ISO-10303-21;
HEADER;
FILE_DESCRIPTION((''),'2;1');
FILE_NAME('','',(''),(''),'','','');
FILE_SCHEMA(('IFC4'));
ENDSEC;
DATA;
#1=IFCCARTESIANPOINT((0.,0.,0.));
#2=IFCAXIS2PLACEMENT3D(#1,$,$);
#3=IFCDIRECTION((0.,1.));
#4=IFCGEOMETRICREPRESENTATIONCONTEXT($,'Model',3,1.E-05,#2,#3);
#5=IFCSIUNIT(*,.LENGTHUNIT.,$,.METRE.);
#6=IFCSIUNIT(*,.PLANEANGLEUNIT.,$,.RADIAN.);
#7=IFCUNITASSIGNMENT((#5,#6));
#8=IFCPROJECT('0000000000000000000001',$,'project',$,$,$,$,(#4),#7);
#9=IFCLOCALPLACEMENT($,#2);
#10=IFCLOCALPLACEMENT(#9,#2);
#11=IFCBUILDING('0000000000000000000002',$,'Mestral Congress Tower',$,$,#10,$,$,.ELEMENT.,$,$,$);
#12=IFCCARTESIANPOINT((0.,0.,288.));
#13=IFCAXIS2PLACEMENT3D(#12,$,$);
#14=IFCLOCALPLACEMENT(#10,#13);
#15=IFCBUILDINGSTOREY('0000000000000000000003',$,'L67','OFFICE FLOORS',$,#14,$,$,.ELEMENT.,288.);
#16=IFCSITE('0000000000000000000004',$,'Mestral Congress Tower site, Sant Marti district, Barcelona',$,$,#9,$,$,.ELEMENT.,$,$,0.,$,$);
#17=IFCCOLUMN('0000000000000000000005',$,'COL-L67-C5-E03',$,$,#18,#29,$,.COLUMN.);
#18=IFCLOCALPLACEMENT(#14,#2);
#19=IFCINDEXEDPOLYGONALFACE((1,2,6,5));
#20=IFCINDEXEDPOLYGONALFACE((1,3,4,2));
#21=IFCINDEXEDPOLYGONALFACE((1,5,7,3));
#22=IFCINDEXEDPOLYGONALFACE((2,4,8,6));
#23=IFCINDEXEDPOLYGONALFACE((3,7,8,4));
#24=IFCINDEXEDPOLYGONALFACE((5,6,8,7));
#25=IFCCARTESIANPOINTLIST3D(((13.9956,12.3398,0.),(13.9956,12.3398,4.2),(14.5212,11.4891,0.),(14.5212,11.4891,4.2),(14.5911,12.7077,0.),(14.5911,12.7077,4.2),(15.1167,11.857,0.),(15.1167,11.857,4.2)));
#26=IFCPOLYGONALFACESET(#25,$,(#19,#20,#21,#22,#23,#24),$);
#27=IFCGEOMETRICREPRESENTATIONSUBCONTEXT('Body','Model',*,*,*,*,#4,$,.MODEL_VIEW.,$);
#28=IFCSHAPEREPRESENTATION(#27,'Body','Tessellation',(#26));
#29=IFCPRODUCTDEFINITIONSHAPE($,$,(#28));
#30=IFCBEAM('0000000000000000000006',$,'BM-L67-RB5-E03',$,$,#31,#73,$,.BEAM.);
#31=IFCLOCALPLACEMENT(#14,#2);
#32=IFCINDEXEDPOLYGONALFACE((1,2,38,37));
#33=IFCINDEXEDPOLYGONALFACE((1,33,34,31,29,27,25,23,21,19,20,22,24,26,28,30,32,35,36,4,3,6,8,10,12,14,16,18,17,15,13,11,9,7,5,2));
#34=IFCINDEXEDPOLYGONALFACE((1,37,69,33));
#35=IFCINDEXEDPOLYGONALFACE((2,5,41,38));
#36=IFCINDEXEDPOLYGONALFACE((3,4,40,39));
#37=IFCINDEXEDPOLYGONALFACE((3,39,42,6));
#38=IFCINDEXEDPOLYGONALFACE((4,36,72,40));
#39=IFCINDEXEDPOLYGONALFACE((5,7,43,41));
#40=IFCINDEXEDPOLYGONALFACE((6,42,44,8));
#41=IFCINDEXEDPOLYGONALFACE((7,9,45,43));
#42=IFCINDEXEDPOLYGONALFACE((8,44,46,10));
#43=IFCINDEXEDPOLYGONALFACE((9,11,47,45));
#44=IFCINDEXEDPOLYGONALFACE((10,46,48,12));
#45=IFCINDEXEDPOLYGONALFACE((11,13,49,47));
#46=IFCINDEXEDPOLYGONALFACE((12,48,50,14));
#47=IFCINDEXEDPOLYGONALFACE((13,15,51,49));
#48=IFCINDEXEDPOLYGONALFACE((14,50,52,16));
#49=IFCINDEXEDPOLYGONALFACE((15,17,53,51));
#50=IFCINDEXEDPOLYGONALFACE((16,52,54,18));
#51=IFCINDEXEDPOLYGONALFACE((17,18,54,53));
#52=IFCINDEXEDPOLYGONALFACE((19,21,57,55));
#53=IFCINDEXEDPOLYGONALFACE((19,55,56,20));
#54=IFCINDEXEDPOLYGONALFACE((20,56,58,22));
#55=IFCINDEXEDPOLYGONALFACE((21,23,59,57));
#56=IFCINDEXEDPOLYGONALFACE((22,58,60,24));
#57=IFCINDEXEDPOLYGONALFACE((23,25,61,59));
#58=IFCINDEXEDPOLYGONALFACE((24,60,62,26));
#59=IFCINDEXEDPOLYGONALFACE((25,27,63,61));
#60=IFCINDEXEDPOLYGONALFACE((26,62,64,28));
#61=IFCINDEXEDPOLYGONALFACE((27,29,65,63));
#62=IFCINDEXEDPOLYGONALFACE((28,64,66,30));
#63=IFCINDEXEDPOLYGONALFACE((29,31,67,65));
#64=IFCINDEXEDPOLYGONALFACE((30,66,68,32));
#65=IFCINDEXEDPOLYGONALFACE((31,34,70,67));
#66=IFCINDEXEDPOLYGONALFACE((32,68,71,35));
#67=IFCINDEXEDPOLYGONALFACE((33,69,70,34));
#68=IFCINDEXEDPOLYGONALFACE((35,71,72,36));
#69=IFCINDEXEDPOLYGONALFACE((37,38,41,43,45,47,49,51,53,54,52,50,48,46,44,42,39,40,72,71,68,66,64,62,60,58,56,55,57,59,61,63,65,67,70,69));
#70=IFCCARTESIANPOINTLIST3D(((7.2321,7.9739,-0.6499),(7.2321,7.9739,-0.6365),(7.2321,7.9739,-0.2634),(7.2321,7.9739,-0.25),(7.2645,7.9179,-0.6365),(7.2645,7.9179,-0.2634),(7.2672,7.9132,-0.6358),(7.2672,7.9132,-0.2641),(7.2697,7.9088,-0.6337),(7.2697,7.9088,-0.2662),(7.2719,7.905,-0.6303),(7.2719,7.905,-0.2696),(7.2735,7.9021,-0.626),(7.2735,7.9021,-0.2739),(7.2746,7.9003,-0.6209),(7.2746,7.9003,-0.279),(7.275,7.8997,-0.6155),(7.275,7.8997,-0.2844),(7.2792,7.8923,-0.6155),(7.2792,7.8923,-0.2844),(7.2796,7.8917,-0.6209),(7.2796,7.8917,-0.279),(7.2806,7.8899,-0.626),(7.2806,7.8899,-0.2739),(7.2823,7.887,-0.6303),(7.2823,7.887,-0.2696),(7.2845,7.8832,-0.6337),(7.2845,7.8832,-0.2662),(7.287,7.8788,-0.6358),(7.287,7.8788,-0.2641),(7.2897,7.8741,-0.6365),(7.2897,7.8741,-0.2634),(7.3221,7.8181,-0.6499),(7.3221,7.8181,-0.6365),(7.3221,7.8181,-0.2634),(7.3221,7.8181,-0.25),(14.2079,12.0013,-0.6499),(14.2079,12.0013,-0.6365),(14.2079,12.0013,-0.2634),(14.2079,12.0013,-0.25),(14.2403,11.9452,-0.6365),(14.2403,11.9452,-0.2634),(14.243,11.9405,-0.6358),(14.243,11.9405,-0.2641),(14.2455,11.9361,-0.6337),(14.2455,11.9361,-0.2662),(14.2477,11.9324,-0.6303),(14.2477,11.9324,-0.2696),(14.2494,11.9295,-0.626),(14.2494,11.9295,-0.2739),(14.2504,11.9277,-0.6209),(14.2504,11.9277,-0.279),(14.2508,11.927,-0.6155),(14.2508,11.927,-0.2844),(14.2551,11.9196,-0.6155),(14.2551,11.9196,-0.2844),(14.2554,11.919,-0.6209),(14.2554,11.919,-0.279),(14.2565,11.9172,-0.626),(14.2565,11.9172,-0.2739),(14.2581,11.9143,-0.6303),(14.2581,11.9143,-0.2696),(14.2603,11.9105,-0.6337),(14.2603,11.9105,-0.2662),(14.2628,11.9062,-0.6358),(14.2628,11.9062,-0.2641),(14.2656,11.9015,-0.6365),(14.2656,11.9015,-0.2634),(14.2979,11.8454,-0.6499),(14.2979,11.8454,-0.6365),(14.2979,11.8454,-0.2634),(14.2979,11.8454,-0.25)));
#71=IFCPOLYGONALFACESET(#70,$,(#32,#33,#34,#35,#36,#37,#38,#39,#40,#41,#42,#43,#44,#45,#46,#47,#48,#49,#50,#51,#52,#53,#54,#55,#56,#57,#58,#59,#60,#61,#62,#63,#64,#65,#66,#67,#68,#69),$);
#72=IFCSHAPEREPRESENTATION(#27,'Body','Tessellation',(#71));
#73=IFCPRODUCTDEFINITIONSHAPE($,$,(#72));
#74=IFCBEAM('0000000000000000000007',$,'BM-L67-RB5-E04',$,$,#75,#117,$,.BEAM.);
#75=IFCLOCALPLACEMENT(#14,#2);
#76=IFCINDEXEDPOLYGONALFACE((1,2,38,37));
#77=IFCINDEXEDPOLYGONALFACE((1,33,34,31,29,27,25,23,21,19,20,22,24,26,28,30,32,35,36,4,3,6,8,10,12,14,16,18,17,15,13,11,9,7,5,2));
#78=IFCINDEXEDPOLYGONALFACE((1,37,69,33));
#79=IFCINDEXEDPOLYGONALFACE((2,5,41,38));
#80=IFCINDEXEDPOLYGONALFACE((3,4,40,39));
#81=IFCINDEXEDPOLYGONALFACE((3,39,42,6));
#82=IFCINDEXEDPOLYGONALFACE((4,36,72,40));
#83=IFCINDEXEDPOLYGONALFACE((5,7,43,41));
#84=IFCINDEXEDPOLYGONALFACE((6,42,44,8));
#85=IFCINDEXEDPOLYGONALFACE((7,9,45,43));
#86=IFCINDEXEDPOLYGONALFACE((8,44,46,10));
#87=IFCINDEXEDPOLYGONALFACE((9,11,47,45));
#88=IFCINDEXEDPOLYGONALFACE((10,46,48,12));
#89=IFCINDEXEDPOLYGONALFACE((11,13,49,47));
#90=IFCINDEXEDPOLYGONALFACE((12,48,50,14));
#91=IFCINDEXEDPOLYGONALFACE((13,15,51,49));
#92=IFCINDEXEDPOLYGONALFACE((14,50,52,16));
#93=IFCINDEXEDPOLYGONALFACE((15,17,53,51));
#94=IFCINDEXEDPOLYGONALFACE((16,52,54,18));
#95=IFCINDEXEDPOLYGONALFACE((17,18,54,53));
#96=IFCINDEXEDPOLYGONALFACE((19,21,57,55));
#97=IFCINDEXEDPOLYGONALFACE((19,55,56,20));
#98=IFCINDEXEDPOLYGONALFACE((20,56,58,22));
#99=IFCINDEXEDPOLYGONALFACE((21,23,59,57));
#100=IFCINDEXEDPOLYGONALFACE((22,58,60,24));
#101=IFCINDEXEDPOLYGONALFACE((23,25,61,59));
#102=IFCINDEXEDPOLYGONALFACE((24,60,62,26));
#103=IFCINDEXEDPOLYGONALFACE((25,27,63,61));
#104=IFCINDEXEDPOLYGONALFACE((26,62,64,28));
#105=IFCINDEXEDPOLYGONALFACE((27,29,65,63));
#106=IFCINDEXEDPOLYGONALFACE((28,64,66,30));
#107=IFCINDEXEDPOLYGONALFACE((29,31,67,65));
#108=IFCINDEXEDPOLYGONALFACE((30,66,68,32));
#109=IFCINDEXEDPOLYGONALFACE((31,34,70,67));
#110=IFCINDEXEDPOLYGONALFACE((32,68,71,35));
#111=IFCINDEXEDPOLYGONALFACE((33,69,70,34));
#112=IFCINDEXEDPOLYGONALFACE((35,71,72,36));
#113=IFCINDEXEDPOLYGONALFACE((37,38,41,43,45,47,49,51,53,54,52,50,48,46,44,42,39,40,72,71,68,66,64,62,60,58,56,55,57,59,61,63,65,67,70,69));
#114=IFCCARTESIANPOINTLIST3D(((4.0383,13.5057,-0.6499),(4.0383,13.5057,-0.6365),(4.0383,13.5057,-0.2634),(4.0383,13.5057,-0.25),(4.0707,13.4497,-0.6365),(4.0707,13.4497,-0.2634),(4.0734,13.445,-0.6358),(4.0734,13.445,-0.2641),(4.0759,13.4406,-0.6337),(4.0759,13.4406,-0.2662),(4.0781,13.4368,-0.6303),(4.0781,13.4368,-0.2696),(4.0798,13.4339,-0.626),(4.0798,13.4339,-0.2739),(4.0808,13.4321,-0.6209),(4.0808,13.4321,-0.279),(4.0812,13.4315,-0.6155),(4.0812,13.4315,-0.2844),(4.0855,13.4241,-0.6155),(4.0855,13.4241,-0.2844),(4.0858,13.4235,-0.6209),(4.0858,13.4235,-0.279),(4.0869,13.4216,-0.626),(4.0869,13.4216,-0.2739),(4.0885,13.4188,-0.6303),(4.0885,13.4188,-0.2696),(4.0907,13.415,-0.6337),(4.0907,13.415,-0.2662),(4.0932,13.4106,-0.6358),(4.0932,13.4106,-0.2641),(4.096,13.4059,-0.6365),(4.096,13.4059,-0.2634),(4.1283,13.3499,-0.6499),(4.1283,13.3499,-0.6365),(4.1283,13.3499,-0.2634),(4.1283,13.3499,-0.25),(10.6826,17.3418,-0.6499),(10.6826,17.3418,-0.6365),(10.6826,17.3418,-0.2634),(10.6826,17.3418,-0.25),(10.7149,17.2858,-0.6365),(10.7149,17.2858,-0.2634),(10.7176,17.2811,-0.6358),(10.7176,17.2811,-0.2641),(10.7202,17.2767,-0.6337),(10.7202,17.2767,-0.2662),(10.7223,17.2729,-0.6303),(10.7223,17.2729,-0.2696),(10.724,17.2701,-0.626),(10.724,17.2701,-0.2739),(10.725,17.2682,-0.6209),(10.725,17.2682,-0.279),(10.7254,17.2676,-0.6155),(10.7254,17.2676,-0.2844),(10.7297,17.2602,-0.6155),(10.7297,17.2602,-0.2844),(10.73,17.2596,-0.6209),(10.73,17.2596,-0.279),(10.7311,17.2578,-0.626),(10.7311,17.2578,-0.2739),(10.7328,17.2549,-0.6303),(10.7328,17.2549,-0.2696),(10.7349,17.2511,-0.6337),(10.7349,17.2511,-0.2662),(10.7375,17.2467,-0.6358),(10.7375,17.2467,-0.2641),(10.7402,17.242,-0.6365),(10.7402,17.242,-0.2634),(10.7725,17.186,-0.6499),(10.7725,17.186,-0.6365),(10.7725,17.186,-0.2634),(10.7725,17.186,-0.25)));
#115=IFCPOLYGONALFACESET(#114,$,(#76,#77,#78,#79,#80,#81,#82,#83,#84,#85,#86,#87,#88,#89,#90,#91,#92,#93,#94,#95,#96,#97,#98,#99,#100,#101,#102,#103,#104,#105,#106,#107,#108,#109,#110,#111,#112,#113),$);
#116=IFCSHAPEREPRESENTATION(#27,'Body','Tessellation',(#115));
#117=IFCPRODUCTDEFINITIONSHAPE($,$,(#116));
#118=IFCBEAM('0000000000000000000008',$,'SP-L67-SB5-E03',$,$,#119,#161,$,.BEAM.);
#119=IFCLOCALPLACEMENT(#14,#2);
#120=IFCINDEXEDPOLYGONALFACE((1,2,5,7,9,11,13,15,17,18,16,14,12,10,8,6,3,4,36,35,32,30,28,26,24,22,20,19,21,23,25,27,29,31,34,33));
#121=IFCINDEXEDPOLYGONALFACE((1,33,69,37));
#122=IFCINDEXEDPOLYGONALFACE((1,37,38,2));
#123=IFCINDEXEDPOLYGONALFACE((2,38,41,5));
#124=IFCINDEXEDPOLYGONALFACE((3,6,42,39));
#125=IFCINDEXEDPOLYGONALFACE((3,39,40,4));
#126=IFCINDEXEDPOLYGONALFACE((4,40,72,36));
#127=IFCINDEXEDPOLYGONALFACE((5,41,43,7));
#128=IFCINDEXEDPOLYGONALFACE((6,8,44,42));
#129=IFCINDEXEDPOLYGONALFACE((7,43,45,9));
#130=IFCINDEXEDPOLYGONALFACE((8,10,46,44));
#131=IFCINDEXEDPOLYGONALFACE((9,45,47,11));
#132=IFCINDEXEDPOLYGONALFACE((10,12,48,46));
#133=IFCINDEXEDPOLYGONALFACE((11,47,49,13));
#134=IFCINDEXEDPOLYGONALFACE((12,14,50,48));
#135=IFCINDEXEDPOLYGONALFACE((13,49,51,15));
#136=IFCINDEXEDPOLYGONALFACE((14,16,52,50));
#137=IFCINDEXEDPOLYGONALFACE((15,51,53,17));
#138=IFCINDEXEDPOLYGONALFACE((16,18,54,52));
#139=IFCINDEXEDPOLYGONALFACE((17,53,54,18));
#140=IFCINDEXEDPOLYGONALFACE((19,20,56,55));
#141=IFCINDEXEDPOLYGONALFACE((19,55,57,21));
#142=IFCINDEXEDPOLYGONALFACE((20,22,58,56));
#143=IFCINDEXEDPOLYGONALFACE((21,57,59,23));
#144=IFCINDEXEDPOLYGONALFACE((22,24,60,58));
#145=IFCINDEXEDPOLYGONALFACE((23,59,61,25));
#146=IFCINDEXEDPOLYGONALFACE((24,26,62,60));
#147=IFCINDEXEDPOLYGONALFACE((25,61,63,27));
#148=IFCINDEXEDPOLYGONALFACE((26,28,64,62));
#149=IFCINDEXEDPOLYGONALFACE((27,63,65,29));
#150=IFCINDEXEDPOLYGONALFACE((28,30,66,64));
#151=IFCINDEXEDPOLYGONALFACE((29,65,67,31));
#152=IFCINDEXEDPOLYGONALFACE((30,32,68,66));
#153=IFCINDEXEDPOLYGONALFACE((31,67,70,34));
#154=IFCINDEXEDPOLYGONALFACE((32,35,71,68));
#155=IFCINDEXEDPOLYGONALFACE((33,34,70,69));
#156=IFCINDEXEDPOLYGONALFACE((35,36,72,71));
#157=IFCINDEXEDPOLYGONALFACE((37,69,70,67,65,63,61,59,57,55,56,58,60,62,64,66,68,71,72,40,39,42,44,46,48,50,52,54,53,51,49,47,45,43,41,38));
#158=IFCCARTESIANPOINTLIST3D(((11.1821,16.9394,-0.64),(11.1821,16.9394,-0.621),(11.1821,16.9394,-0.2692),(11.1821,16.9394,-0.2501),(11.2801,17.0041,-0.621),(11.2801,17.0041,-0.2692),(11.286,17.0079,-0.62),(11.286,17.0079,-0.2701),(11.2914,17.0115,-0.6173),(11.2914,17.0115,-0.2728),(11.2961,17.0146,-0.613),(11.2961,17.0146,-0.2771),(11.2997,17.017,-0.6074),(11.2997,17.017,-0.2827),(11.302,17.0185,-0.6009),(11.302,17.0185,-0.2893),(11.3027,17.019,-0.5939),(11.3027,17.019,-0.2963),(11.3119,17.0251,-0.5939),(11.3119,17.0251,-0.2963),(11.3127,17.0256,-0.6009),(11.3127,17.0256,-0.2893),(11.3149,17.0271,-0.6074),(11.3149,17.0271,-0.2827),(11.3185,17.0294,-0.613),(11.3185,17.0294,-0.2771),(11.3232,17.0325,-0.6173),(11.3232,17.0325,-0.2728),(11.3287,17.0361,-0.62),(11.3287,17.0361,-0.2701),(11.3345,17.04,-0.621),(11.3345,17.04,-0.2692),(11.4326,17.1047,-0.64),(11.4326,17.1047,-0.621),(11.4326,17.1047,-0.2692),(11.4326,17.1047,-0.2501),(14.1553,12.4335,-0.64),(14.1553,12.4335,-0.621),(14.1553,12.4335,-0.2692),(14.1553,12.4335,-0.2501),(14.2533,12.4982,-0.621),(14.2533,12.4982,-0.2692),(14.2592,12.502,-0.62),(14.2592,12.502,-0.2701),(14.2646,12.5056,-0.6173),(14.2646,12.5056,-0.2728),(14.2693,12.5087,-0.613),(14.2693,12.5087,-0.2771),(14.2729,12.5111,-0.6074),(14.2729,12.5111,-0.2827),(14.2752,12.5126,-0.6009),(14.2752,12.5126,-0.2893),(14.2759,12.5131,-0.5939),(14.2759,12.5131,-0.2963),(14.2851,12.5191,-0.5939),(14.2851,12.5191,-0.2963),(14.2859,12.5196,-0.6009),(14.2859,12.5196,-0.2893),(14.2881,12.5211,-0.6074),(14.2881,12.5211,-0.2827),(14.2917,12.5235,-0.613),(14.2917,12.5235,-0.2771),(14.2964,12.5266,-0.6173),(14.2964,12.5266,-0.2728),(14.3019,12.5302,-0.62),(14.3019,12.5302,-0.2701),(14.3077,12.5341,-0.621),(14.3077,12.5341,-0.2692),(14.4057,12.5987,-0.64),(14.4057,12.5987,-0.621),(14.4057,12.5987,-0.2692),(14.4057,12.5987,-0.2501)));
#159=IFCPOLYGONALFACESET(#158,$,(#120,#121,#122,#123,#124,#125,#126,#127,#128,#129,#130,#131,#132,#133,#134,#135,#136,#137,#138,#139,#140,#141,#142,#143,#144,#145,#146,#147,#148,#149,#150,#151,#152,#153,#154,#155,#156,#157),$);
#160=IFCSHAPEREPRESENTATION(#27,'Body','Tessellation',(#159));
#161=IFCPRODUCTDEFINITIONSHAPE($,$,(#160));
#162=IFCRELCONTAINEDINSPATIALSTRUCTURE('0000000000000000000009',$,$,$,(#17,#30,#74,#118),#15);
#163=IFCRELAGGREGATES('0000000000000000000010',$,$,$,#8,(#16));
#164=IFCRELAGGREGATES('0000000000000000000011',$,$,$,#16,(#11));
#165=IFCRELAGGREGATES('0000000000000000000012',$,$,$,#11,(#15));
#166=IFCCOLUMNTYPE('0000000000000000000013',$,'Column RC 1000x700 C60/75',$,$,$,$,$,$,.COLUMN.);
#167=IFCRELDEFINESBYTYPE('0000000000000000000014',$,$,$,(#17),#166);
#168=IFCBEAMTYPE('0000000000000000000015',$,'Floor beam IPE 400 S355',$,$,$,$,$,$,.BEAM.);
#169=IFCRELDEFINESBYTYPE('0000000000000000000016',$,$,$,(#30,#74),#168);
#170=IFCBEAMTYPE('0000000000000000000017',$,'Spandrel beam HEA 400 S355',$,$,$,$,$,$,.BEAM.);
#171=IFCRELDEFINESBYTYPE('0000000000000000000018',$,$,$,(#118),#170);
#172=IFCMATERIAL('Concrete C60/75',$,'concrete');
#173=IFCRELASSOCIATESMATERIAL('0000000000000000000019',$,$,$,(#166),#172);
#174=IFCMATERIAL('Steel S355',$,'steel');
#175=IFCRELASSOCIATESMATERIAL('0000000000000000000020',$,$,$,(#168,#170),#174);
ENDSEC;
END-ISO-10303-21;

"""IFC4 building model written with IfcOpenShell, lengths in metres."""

from ifc_helpers import new_model, si_unit, direction, frame, origin, origin_2d, place, context, subcontext, project, spatial, rectangle, i_section, extrude, material, material_profile, profile_set, type_object, element, save


model = new_model("IFC4")

# Units and contexts
model_context = context("Model", 3, precision=1e-05, world=origin(), true_north=direction((0.0, 1.0)))
body_context = subcontext(model_context, "Body", "Model", "MODEL_VIEW")
ifc_project = project(units=[si_unit("LENGTHUNIT", "METRE"), si_unit("PLANEANGLEUNIT", "RADIAN")], contexts=[model_context])

# Site, building, storey
site_placement = place(None, origin())
site = spatial("IfcSite", under=ifc_project, at=site_placement, Name="Mestral Congress Tower site, Sant Marti district, Barcelona", CompositionType="ELEMENT", RefElevation=0.0)
building_placement = place(site_placement, origin())
building = spatial("IfcBuilding", under=site, at=building_placement, Name="Mestral Congress Tower", CompositionType="ELEMENT")
storey_placement = place(building_placement, frame((0.0, 0.0, 288.0)))
storey = spatial("IfcBuildingStorey", under=building, at=storey_placement, Name="L67", Description="OFFICE FLOORS", CompositionType="ELEMENT", Elevation=288.0)

# Column
ifc_material_1 = material(Name="Concrete C60/75", Category="concrete")
ifc_material_profile_1 = material_profile(ifc_material_1, rectangle(XDim=1.0, YDim=0.7, at=origin_2d()), Name="RC 1000x700")
ifc_profile_set_1 = profile_set([ifc_material_profile_1], Name="Concrete C60/75")
column_type = type_object("IfcColumnType", Name="Column RC 1000x700 C60/75", PredefinedType="COLUMN", material=ifc_profile_set_1)
column_placement = place(storey_placement, frame((14.5562, 12.0984, 0.0), z_axis=(0.0, 0.0, 1.0), x_axis=(-0.52561, 0.850726, 0.0)))
element("IfcColumn", 1, at=column_placement, inside=storey, type_object=column_type, Name="COL-L67-C5-E03", PredefinedType="COLUMN", context=body_context, shape_type="SweptSolid", body=[
    extrude(rectangle(XDim=1.0, YDim=0.7, at=origin_2d()), origin(), (0.0, 0.0, 1.0), 4.2),
])

# Beams
ifc_material_2 = material(Name="Steel S355", Category="steel")
ifc_material_profile_2 = material_profile(ifc_material_2, i_section(OverallWidth=0.1799, OverallDepth=0.3999, WebThickness=0.0085, FlangeThickness=0.0134, FilletRadius=0.021, at=origin_2d()), Name="IPE 400")
ifc_profile_set_2 = profile_set([ifc_material_profile_2], Name="Steel S355")
beam_type_1 = type_object("IfcBeamType", Name="Floor beam IPE 400 S355", PredefinedType="BEAM", material=ifc_profile_set_2)
beam_1_placement = place(storey_placement, frame((14.2529, 11.9233, -0.45), z_axis=(-0.866034, -0.499986, 0.0), x_axis=(0.499986, -0.866034, 0.0)))
element("IfcBeam", 2, at=beam_1_placement, inside=storey, type_object=beam_type_1, Name="BM-L67-RB5-E03", PredefinedType="BEAM", context=body_context, shape_type="SweptSolid", body=[
    extrude(i_section(OverallWidth=0.1799, OverallDepth=0.3999, WebThickness=0.0085, FlangeThickness=0.0134, FilletRadius=0.021, at=origin_2d()), origin(), (0.0, 0.0, 1.0), 8.0549),
])
beam_2_placement = place(storey_placement, frame((10.7275, 17.2639, -0.45), z_axis=(-0.86602, -0.50001, 0.0), x_axis=(0.50001, -0.86602, 0.0)))
element("IfcBeam", 3, at=beam_2_placement, inside=storey, type_object=beam_type_1, Name="BM-L67-RB5-E04", PredefinedType="BEAM", context=body_context, shape_type="SweptSolid", body=[
    extrude(i_section(OverallWidth=0.1799, OverallDepth=0.3999, WebThickness=0.0085, FlangeThickness=0.0134, FilletRadius=0.021, at=origin_2d()), origin(), (0.0, 0.0, 1.0), 7.6721),
])
ifc_material_profile_3 = material_profile(ifc_material_2, i_section(OverallWidth=0.3, OverallDepth=0.3899, WebThickness=0.011, FlangeThickness=0.019, FilletRadius=0.0271, at=origin_2d()), Name="HEA 400")
ifc_profile_set_3 = profile_set([ifc_material_profile_3], Name="Steel S355")
beam_type_2 = type_object("IfcBeamType", Name="Spandrel beam HEA 400 S355", PredefinedType="BEAM", material=ifc_profile_set_3)
beam_3_placement = place(storey_placement, frame((14.2805, 12.5161, -0.4451), z_axis=(-0.550749, 0.834671, 0.0), x_axis=(-0.834671, -0.550749, 0.0)))
element("IfcBeam", 4, at=beam_3_placement, inside=storey, type_object=beam_type_2, Name="SP-L67-SB5-E03", PredefinedType="BEAM", context=body_context, shape_type="SweptSolid", body=[
    extrude(i_section(OverallWidth=0.3, OverallDepth=0.3899, WebThickness=0.011, FlangeThickness=0.019, FilletRadius=0.0271, at=origin_2d()), origin(), (0.0, 0.0, 1.0), 5.3984),
])

save(model, "model.ifc")
